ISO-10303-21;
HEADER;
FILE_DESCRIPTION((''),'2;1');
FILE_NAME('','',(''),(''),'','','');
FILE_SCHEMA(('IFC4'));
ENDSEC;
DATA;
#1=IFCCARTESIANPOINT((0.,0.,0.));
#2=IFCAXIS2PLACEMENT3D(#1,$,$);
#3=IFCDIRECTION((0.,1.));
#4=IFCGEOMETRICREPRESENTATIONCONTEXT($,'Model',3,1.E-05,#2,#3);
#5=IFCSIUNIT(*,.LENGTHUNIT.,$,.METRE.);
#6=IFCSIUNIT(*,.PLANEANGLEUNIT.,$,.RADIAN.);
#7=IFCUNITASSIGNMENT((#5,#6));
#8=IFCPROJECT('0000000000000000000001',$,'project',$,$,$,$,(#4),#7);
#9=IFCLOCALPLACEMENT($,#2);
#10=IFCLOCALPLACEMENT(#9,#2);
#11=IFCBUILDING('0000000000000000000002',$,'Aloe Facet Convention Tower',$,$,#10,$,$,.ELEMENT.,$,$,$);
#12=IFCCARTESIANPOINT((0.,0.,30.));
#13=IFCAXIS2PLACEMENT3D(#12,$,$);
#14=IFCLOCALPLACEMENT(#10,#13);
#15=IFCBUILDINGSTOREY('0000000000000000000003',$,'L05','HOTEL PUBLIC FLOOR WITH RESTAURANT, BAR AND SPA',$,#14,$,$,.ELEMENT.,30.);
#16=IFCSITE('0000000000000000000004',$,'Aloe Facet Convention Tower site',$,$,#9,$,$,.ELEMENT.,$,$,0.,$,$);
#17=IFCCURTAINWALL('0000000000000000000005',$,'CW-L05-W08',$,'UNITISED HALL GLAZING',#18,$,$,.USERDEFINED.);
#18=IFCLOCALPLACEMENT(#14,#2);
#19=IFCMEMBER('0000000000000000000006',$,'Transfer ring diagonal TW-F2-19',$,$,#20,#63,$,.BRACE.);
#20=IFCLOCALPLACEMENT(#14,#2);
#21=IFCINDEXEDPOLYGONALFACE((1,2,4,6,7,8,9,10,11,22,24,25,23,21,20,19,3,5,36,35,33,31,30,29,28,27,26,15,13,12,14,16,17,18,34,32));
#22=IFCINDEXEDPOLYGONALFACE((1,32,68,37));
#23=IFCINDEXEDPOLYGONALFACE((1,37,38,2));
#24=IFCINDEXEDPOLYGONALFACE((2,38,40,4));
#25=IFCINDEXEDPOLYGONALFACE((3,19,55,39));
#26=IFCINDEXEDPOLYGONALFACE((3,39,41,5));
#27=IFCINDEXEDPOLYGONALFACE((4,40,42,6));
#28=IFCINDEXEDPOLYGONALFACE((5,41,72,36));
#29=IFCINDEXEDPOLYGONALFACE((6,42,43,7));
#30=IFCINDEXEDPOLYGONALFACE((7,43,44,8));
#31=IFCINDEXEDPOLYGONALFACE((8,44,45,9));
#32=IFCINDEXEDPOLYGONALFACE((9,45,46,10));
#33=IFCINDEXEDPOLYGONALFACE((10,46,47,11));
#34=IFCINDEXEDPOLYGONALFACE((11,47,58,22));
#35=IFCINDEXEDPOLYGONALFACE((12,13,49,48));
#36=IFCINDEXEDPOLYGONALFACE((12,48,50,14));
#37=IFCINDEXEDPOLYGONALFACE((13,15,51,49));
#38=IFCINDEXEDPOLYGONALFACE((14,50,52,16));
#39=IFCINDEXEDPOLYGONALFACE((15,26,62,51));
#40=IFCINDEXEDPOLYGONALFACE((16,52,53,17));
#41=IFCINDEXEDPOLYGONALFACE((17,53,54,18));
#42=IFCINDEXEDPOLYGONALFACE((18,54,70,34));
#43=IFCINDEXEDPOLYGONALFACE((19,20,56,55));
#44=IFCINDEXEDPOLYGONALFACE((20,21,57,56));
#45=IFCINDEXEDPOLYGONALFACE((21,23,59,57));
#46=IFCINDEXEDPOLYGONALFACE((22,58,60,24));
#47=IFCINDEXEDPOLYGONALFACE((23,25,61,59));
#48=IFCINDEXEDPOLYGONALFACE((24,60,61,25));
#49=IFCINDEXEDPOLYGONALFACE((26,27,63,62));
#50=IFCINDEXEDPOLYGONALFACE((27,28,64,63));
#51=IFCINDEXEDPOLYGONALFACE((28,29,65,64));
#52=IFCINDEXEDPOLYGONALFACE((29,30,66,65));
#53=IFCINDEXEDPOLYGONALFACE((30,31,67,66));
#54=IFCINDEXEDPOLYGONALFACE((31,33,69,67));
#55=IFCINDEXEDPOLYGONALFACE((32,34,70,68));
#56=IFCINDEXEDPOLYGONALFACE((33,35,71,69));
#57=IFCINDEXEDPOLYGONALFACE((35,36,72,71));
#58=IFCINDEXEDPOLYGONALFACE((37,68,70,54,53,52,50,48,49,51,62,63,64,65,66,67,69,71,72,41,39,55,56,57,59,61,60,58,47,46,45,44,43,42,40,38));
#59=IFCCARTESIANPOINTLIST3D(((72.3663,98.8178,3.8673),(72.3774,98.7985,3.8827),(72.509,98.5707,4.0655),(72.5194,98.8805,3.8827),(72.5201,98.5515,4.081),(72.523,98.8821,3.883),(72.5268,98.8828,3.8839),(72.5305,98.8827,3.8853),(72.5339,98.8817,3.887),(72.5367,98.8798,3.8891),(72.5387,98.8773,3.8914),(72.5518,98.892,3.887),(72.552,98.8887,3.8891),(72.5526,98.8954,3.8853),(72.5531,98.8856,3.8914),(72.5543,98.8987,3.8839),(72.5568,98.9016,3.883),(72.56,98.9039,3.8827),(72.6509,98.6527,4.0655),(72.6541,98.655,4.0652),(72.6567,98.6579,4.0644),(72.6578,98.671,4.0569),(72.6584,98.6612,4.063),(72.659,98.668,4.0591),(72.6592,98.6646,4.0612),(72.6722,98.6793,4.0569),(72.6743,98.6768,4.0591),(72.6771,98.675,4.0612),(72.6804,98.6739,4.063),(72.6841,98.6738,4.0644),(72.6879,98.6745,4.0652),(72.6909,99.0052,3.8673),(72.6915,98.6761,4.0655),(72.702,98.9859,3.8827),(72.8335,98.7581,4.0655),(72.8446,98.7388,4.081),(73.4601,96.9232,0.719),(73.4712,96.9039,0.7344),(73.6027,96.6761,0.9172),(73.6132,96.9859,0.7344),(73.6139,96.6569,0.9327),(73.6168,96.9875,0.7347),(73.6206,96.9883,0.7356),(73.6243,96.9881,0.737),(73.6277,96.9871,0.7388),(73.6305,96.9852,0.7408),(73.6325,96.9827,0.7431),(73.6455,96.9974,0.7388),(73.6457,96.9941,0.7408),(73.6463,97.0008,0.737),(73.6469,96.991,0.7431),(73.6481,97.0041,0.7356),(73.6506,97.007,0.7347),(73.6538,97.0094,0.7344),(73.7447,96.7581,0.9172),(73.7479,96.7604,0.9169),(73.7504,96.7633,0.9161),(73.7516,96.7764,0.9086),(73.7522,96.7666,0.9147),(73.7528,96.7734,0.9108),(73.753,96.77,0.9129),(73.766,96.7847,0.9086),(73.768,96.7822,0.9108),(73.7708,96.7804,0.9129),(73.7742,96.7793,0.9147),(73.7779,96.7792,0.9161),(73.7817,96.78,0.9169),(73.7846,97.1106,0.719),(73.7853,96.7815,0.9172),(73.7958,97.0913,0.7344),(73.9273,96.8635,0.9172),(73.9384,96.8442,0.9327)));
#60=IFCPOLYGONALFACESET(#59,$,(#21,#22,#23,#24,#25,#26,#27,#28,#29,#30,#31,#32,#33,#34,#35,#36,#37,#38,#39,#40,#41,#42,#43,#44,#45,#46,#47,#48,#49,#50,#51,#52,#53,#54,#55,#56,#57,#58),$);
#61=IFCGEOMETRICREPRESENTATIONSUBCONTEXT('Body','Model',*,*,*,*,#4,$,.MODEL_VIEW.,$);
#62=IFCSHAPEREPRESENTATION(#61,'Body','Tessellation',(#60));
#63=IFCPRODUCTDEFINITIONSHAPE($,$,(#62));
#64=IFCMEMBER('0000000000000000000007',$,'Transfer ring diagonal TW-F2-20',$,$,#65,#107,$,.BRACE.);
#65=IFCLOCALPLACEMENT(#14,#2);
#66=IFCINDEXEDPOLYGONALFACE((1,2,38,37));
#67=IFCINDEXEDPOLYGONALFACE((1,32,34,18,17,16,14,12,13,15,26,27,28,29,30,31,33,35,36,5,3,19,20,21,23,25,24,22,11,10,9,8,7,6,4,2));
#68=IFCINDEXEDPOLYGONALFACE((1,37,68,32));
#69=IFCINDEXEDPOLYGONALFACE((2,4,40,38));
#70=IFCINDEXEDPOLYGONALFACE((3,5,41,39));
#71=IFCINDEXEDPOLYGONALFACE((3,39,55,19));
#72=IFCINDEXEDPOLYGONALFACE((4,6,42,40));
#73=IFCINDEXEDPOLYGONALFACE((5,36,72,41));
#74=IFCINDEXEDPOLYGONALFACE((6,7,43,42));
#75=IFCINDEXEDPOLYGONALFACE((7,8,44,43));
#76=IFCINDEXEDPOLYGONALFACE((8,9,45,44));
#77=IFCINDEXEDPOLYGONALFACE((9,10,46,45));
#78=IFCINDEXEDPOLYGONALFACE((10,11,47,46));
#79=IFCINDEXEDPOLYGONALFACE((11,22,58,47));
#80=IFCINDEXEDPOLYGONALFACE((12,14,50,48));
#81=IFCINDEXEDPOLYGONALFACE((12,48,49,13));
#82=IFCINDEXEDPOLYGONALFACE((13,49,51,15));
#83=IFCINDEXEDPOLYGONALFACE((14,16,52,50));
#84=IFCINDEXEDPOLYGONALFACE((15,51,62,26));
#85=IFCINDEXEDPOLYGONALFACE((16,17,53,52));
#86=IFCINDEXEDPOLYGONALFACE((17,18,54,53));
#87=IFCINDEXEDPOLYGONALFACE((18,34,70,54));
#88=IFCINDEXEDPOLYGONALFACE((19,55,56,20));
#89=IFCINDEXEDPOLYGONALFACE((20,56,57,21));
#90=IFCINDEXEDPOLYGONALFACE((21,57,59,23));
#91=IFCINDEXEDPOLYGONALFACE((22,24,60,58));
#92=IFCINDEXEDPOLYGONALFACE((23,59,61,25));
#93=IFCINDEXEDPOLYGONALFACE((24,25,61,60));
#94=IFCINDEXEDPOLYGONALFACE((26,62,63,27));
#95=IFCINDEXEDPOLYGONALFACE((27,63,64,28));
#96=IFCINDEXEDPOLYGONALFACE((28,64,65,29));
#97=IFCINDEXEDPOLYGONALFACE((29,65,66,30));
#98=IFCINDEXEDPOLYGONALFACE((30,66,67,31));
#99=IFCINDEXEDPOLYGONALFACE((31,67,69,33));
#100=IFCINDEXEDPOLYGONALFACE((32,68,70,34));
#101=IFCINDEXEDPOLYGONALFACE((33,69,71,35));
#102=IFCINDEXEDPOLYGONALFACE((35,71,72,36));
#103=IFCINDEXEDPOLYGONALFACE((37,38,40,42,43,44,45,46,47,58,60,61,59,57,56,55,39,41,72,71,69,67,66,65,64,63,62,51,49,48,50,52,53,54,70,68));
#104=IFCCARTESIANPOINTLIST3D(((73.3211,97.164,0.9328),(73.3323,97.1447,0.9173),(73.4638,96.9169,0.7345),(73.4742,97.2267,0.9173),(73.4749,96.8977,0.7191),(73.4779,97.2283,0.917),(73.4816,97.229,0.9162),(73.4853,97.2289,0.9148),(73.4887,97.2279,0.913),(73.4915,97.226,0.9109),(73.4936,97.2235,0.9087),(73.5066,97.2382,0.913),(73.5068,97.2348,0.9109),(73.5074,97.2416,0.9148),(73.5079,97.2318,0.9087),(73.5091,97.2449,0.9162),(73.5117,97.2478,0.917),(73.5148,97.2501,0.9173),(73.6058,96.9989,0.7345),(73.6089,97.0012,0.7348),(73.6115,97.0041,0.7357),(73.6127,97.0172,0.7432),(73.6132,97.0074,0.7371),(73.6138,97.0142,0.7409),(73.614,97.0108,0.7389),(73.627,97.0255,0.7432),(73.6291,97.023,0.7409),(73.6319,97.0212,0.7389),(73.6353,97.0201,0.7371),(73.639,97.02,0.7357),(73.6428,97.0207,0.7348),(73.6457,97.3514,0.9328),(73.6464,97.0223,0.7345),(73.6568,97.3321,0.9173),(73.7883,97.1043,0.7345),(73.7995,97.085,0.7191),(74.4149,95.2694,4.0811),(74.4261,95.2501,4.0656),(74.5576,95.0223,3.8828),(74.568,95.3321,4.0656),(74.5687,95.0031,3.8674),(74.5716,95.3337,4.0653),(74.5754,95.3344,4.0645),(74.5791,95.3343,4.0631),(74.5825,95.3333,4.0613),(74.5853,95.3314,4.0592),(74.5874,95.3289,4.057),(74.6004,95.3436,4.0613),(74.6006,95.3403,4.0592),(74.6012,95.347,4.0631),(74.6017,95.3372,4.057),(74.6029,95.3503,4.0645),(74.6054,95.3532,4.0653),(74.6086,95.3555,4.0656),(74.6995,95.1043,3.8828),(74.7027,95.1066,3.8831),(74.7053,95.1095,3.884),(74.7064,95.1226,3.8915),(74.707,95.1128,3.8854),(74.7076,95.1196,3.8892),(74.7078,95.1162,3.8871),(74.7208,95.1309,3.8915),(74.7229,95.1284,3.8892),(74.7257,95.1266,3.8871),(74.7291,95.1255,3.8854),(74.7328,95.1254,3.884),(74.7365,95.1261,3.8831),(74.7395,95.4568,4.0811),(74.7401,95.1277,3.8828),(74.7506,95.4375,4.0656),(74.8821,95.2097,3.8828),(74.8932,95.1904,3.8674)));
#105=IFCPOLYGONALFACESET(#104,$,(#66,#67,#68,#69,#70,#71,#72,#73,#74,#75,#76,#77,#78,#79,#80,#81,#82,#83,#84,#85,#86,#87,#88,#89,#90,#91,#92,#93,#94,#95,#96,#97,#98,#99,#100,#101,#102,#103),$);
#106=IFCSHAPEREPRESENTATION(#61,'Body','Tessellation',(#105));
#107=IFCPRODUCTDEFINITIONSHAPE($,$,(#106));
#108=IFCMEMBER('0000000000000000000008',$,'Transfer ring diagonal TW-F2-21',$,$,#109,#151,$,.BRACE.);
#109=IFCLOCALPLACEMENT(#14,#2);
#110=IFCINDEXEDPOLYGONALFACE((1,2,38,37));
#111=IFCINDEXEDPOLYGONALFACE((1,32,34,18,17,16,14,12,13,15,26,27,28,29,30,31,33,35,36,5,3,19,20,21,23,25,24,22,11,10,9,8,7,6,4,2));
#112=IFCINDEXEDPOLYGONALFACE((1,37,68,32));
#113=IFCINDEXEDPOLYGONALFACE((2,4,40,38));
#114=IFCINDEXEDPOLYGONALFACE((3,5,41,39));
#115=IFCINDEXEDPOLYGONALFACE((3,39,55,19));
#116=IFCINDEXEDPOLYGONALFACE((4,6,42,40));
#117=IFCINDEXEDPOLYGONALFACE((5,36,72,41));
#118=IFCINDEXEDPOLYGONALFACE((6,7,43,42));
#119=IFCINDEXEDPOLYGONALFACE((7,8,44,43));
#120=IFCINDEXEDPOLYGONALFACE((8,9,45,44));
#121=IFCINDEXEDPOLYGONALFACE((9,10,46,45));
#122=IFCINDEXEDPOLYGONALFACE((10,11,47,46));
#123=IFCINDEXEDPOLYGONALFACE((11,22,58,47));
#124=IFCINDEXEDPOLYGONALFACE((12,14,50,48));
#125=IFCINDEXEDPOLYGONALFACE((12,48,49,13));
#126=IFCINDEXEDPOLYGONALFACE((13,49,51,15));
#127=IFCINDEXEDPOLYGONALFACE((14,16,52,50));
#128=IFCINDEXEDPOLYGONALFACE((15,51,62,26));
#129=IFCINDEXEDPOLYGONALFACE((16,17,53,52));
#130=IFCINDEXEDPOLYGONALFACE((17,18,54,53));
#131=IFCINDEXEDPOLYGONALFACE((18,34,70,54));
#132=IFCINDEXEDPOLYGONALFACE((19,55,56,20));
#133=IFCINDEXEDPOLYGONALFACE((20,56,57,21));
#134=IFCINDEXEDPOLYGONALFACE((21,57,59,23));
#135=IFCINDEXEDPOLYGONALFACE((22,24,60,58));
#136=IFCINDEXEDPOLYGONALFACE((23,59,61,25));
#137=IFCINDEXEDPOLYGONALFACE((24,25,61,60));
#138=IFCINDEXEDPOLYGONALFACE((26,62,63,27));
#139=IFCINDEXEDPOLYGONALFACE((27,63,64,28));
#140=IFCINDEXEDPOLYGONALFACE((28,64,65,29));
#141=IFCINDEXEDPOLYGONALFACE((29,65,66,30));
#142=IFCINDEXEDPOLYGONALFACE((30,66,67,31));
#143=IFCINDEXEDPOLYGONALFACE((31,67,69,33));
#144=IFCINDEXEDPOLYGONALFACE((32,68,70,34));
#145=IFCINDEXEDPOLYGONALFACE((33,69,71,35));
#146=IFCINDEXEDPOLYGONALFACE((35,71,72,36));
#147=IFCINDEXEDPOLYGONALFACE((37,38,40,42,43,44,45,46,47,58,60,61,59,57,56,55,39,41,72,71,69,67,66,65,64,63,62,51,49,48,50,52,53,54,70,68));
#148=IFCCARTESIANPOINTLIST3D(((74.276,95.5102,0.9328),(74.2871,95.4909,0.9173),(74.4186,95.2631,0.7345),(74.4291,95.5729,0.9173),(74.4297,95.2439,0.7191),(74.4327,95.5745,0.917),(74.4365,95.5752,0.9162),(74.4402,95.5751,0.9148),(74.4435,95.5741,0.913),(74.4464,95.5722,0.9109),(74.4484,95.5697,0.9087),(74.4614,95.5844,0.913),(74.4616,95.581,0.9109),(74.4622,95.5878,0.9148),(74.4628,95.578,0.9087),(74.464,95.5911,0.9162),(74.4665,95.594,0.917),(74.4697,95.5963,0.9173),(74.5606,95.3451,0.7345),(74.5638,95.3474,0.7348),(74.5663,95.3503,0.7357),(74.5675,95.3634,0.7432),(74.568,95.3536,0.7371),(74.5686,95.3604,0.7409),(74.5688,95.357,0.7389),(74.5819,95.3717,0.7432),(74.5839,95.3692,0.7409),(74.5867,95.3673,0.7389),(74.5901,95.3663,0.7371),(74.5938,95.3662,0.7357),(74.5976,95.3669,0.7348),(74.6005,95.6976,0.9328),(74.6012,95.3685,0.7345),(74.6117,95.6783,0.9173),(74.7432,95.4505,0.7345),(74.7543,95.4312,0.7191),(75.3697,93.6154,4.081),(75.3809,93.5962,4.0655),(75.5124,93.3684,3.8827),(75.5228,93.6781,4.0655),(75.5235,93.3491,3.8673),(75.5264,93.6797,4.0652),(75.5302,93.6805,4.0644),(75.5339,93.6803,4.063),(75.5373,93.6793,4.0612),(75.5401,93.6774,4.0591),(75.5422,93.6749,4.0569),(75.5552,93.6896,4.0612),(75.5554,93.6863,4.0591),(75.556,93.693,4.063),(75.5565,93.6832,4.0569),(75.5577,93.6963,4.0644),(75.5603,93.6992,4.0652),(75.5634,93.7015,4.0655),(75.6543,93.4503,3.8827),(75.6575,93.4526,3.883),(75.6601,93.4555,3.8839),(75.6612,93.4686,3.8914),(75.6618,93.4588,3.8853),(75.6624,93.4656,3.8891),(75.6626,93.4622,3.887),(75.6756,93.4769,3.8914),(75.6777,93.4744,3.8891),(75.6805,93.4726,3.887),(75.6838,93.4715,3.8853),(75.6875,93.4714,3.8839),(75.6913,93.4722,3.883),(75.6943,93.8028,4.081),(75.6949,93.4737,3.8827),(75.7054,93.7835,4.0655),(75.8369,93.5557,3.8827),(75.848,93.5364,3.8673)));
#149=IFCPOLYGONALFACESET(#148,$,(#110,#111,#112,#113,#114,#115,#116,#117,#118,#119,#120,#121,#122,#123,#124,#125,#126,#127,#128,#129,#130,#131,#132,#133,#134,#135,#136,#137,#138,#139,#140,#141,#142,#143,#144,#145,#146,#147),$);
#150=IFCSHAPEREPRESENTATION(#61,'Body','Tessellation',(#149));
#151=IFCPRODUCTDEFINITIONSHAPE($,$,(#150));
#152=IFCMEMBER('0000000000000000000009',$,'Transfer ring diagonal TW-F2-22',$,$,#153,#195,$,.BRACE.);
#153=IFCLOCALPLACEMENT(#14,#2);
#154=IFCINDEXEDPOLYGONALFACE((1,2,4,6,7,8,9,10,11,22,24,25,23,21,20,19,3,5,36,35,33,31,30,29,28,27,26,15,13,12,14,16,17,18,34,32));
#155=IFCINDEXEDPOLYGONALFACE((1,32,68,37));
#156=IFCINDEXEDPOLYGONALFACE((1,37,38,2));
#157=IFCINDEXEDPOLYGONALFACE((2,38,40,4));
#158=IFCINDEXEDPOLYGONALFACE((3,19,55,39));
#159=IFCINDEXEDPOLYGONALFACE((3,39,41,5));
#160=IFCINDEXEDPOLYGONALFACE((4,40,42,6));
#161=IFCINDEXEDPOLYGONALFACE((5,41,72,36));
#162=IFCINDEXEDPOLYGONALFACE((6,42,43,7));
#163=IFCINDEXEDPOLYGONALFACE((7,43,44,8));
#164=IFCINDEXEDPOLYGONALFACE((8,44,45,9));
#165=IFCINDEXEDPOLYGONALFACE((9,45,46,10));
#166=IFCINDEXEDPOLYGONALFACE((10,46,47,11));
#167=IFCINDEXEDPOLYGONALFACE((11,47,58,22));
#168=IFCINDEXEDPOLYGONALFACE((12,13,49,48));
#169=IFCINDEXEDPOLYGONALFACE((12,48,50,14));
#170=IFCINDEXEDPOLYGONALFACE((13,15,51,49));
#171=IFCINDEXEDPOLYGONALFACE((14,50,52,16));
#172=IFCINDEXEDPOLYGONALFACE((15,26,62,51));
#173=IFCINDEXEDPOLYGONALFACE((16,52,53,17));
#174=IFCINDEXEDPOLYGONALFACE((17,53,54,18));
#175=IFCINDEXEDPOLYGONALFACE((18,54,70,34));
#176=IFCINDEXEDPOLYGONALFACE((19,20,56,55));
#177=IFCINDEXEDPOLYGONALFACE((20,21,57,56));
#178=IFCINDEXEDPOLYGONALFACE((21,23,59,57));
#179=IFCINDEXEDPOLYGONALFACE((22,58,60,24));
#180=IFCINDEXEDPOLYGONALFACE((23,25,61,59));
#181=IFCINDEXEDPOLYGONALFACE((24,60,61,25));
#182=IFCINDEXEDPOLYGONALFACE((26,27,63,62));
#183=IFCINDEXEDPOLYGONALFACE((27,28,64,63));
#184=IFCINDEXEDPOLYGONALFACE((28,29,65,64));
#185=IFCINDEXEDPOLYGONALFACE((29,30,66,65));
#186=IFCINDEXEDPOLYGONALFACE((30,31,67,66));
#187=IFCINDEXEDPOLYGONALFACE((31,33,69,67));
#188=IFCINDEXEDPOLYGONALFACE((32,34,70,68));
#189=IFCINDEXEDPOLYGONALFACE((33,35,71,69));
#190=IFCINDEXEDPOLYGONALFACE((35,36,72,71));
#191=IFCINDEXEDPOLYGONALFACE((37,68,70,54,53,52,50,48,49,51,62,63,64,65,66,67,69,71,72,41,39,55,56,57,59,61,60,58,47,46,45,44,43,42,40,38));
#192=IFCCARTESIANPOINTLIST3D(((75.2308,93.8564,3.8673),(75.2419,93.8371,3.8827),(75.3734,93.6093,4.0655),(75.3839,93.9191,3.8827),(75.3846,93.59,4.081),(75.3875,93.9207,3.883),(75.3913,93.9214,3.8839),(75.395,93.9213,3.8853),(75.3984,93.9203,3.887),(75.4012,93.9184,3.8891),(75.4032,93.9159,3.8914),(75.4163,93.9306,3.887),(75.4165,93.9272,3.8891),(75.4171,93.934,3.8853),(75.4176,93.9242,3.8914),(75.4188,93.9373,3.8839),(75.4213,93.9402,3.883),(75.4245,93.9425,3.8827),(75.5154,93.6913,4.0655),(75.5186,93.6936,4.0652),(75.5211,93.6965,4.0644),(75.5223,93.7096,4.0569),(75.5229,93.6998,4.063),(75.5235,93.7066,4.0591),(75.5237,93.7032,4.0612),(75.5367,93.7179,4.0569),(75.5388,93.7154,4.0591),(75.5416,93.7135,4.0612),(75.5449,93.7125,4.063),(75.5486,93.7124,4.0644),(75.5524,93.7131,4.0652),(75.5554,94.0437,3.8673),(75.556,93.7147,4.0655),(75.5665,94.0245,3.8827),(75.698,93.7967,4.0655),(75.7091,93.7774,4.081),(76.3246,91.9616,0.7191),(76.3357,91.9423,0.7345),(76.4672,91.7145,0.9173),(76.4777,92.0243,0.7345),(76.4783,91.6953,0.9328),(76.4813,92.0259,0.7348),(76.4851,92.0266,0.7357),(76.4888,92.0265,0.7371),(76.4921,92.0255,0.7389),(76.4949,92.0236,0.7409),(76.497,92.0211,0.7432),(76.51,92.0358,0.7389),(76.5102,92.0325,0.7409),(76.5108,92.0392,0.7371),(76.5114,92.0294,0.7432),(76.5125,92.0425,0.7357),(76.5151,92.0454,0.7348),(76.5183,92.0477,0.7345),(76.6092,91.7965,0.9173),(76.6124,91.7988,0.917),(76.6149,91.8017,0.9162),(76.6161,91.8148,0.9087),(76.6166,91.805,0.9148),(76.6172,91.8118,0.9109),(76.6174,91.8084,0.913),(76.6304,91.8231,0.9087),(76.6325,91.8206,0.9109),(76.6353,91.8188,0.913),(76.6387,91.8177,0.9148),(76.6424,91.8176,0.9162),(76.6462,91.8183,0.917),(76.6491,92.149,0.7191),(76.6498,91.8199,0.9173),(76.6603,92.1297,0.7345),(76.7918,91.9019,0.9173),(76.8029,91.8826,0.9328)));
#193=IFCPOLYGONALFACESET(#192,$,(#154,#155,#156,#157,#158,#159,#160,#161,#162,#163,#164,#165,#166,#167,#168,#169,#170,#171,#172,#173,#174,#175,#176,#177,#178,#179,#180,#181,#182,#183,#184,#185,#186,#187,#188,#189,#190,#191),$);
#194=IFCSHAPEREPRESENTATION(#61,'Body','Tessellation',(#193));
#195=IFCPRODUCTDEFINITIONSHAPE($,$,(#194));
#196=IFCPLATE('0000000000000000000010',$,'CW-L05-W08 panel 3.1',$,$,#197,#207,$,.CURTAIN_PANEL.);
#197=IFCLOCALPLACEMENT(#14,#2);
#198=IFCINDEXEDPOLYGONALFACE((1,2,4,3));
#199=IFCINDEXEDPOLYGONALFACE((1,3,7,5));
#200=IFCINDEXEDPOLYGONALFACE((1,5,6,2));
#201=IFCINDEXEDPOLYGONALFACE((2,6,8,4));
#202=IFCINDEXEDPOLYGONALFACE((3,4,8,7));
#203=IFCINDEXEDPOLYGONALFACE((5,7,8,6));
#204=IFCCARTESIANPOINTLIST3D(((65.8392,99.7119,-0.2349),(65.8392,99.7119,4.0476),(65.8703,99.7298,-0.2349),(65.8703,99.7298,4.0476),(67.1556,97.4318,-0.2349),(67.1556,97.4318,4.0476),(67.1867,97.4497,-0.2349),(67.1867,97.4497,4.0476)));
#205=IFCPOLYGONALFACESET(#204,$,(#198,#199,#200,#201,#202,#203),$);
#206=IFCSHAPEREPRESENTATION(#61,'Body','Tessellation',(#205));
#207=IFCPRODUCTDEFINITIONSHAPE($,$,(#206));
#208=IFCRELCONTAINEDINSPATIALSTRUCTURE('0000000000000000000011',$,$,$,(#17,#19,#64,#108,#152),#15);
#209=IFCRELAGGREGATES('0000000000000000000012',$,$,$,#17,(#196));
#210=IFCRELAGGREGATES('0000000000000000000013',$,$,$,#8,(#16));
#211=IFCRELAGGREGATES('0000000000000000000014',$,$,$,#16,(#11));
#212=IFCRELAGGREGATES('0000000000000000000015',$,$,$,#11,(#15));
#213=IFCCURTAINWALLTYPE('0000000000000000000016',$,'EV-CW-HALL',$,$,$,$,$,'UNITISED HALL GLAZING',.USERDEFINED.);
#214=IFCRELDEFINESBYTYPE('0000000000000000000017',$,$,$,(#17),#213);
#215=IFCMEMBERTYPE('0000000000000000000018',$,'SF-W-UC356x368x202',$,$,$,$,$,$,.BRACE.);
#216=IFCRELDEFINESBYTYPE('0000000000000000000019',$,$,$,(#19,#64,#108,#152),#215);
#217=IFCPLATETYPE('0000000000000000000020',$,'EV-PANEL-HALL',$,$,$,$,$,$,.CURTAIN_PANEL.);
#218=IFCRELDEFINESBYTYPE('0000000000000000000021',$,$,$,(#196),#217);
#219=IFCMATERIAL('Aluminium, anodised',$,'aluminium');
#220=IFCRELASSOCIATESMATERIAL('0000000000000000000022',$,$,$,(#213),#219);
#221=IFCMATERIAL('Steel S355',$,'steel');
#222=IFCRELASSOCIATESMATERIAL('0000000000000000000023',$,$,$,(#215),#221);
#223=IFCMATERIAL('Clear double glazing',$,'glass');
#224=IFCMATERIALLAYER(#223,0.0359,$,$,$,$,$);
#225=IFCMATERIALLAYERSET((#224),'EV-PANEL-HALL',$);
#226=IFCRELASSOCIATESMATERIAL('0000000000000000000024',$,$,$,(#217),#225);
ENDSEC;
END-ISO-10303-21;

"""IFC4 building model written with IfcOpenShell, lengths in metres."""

from ifc_helpers import new_model, si_unit, direction, frame, origin, origin_2d, place, context, subcontext, project, spatial, rectangle, i_section, extrude, material, layer, layer_set, material_profile, profile_set, type_object, element, aggregate, save


model = new_model("IFC4")

# Units and contexts
model_context = context("Model", 3, precision=1e-05, world=origin(), true_north=direction((0.0, 1.0)))
body_context = subcontext(model_context, "Body", "Model", "MODEL_VIEW")
ifc_project = project(units=[si_unit("LENGTHUNIT", "METRE"), si_unit("PLANEANGLEUNIT", "RADIAN")], contexts=[model_context])

# Site, building, storey
site_placement = place(None, origin())
site = spatial("IfcSite", under=ifc_project, at=site_placement, Name="Aloe Facet Convention Tower site", CompositionType="ELEMENT", RefElevation=0.0)
building_placement = place(site_placement, origin())
building = spatial("IfcBuilding", under=site, at=building_placement, Name="Aloe Facet Convention Tower", CompositionType="ELEMENT")
storey_placement = place(building_placement, frame((0.0, 0.0, 30.0)))
storey = spatial("IfcBuildingStorey", under=building, at=storey_placement, Name="L05", Description="HOTEL PUBLIC FLOOR WITH RESTAURANT, BAR AND SPA", CompositionType="ELEMENT", Elevation=30.0)

# Curtain wall
ifc_material_1 = material(Name="Aluminium, anodised", Category="aluminium")
curtain_wall_type = type_object("IfcCurtainWallType", Name="EV-CW-HALL", ElementType="UNITISED HALL GLAZING", PredefinedType="USERDEFINED", material=ifc_material_1)
curtain_wall_1_placement = place(storey_placement, origin())
curtain_wall_1 = element("IfcCurtainWall", 1, at=curtain_wall_1_placement, inside=storey, type_object=curtain_wall_type, Name="CW-L05-W08", ObjectType="UNITISED HALL GLAZING", PredefinedType="USERDEFINED")

# Members
ifc_material_2 = material(Name="Steel S355", Category="steel")
ifc_material_profile_1 = material_profile(ifc_material_2, i_section(OverallWidth=0.3748, OverallDepth=0.3745, WebThickness=0.0166, FlangeThickness=0.0271, FilletRadius=0.0151, at=origin_2d()), Name="UC 356x368x202")
ifc_profile_set_1 = profile_set([ifc_material_profile_1], Name="Steel S355")
member_type_1 = type_object("IfcMemberType", Name="SF-W-UC356x368x202", PredefinedType="BRACE", material=ifc_profile_set_1)
for number, where, z_axis, x_axis, name in (
    (2, (72.6055, 98.7783, 3.9741), (0.285305, -0.494188, -0.821206), (0.866037, 0.49998, 0.0), "Transfer ring diagonal TW-F2-19"),
    (3, (73.5603, 97.1245, 0.8259), (0.285305, -0.494188, 0.821206), (0.866037, 0.49998, 0.0), "Transfer ring diagonal TW-F2-20"),
    (4, (74.5151, 95.4707, 0.8259), (0.285296, -0.494236, 0.82118), (0.866065, 0.499932, 0.0), "Transfer ring diagonal TW-F2-21"),
    (5, (75.47, 93.8169, 3.9741), (0.285296, -0.494236, -0.82118), (0.866065, 0.499932, 0.0), "Transfer ring diagonal TW-F2-22"),
):
    element("IfcMember", number, at=place(storey_placement, frame(where, z_axis=z_axis, x_axis=x_axis)), inside=storey, type_object=member_type_1, Name=name, PredefinedType="BRACE", context=body_context, shape_type="SweptSolid", body=[
        extrude(i_section(OverallWidth=0.3748, OverallDepth=0.3745, WebThickness=0.0166, FlangeThickness=0.0271, FilletRadius=0.0151, at=origin_2d()), origin(), (0.0, 0.0, 1.0), 3.8337),
    ])

# Plate
ifc_material_3 = material(Name="Clear double glazing", Category="glass")
ifc_layer_1 = layer(ifc_material_3, 0.0359)
ifc_layer_set_1 = layer_set([ifc_layer_1], Name="EV-PANEL-HALL")
plate_type = type_object("IfcPlateType", Name="EV-PANEL-HALL", PredefinedType="CURTAIN_PANEL", material=ifc_layer_set_1)
plate_1_placement = place(storey_placement, frame((66.5129, 98.5808, -0.2349), z_axis=(0.0, 0.0, 1.0), x_axis=(0.5, -0.866025, 0.0)))
plate_1 = element("IfcPlate", 6, at=plate_1_placement, type_object=plate_type, Name="CW-L05-W08 panel 3.1", PredefinedType="CURTAIN_PANEL", context=body_context, shape_type="SweptSolid", body=[
    extrude(rectangle(XDim=2.6328, YDim=0.0359, at=origin_2d()), origin(), (0.0, 0.0, 1.0), 4.2825),
])
aggregate(curtain_wall_1, [plate_1])

save(model, "model.ifc")
